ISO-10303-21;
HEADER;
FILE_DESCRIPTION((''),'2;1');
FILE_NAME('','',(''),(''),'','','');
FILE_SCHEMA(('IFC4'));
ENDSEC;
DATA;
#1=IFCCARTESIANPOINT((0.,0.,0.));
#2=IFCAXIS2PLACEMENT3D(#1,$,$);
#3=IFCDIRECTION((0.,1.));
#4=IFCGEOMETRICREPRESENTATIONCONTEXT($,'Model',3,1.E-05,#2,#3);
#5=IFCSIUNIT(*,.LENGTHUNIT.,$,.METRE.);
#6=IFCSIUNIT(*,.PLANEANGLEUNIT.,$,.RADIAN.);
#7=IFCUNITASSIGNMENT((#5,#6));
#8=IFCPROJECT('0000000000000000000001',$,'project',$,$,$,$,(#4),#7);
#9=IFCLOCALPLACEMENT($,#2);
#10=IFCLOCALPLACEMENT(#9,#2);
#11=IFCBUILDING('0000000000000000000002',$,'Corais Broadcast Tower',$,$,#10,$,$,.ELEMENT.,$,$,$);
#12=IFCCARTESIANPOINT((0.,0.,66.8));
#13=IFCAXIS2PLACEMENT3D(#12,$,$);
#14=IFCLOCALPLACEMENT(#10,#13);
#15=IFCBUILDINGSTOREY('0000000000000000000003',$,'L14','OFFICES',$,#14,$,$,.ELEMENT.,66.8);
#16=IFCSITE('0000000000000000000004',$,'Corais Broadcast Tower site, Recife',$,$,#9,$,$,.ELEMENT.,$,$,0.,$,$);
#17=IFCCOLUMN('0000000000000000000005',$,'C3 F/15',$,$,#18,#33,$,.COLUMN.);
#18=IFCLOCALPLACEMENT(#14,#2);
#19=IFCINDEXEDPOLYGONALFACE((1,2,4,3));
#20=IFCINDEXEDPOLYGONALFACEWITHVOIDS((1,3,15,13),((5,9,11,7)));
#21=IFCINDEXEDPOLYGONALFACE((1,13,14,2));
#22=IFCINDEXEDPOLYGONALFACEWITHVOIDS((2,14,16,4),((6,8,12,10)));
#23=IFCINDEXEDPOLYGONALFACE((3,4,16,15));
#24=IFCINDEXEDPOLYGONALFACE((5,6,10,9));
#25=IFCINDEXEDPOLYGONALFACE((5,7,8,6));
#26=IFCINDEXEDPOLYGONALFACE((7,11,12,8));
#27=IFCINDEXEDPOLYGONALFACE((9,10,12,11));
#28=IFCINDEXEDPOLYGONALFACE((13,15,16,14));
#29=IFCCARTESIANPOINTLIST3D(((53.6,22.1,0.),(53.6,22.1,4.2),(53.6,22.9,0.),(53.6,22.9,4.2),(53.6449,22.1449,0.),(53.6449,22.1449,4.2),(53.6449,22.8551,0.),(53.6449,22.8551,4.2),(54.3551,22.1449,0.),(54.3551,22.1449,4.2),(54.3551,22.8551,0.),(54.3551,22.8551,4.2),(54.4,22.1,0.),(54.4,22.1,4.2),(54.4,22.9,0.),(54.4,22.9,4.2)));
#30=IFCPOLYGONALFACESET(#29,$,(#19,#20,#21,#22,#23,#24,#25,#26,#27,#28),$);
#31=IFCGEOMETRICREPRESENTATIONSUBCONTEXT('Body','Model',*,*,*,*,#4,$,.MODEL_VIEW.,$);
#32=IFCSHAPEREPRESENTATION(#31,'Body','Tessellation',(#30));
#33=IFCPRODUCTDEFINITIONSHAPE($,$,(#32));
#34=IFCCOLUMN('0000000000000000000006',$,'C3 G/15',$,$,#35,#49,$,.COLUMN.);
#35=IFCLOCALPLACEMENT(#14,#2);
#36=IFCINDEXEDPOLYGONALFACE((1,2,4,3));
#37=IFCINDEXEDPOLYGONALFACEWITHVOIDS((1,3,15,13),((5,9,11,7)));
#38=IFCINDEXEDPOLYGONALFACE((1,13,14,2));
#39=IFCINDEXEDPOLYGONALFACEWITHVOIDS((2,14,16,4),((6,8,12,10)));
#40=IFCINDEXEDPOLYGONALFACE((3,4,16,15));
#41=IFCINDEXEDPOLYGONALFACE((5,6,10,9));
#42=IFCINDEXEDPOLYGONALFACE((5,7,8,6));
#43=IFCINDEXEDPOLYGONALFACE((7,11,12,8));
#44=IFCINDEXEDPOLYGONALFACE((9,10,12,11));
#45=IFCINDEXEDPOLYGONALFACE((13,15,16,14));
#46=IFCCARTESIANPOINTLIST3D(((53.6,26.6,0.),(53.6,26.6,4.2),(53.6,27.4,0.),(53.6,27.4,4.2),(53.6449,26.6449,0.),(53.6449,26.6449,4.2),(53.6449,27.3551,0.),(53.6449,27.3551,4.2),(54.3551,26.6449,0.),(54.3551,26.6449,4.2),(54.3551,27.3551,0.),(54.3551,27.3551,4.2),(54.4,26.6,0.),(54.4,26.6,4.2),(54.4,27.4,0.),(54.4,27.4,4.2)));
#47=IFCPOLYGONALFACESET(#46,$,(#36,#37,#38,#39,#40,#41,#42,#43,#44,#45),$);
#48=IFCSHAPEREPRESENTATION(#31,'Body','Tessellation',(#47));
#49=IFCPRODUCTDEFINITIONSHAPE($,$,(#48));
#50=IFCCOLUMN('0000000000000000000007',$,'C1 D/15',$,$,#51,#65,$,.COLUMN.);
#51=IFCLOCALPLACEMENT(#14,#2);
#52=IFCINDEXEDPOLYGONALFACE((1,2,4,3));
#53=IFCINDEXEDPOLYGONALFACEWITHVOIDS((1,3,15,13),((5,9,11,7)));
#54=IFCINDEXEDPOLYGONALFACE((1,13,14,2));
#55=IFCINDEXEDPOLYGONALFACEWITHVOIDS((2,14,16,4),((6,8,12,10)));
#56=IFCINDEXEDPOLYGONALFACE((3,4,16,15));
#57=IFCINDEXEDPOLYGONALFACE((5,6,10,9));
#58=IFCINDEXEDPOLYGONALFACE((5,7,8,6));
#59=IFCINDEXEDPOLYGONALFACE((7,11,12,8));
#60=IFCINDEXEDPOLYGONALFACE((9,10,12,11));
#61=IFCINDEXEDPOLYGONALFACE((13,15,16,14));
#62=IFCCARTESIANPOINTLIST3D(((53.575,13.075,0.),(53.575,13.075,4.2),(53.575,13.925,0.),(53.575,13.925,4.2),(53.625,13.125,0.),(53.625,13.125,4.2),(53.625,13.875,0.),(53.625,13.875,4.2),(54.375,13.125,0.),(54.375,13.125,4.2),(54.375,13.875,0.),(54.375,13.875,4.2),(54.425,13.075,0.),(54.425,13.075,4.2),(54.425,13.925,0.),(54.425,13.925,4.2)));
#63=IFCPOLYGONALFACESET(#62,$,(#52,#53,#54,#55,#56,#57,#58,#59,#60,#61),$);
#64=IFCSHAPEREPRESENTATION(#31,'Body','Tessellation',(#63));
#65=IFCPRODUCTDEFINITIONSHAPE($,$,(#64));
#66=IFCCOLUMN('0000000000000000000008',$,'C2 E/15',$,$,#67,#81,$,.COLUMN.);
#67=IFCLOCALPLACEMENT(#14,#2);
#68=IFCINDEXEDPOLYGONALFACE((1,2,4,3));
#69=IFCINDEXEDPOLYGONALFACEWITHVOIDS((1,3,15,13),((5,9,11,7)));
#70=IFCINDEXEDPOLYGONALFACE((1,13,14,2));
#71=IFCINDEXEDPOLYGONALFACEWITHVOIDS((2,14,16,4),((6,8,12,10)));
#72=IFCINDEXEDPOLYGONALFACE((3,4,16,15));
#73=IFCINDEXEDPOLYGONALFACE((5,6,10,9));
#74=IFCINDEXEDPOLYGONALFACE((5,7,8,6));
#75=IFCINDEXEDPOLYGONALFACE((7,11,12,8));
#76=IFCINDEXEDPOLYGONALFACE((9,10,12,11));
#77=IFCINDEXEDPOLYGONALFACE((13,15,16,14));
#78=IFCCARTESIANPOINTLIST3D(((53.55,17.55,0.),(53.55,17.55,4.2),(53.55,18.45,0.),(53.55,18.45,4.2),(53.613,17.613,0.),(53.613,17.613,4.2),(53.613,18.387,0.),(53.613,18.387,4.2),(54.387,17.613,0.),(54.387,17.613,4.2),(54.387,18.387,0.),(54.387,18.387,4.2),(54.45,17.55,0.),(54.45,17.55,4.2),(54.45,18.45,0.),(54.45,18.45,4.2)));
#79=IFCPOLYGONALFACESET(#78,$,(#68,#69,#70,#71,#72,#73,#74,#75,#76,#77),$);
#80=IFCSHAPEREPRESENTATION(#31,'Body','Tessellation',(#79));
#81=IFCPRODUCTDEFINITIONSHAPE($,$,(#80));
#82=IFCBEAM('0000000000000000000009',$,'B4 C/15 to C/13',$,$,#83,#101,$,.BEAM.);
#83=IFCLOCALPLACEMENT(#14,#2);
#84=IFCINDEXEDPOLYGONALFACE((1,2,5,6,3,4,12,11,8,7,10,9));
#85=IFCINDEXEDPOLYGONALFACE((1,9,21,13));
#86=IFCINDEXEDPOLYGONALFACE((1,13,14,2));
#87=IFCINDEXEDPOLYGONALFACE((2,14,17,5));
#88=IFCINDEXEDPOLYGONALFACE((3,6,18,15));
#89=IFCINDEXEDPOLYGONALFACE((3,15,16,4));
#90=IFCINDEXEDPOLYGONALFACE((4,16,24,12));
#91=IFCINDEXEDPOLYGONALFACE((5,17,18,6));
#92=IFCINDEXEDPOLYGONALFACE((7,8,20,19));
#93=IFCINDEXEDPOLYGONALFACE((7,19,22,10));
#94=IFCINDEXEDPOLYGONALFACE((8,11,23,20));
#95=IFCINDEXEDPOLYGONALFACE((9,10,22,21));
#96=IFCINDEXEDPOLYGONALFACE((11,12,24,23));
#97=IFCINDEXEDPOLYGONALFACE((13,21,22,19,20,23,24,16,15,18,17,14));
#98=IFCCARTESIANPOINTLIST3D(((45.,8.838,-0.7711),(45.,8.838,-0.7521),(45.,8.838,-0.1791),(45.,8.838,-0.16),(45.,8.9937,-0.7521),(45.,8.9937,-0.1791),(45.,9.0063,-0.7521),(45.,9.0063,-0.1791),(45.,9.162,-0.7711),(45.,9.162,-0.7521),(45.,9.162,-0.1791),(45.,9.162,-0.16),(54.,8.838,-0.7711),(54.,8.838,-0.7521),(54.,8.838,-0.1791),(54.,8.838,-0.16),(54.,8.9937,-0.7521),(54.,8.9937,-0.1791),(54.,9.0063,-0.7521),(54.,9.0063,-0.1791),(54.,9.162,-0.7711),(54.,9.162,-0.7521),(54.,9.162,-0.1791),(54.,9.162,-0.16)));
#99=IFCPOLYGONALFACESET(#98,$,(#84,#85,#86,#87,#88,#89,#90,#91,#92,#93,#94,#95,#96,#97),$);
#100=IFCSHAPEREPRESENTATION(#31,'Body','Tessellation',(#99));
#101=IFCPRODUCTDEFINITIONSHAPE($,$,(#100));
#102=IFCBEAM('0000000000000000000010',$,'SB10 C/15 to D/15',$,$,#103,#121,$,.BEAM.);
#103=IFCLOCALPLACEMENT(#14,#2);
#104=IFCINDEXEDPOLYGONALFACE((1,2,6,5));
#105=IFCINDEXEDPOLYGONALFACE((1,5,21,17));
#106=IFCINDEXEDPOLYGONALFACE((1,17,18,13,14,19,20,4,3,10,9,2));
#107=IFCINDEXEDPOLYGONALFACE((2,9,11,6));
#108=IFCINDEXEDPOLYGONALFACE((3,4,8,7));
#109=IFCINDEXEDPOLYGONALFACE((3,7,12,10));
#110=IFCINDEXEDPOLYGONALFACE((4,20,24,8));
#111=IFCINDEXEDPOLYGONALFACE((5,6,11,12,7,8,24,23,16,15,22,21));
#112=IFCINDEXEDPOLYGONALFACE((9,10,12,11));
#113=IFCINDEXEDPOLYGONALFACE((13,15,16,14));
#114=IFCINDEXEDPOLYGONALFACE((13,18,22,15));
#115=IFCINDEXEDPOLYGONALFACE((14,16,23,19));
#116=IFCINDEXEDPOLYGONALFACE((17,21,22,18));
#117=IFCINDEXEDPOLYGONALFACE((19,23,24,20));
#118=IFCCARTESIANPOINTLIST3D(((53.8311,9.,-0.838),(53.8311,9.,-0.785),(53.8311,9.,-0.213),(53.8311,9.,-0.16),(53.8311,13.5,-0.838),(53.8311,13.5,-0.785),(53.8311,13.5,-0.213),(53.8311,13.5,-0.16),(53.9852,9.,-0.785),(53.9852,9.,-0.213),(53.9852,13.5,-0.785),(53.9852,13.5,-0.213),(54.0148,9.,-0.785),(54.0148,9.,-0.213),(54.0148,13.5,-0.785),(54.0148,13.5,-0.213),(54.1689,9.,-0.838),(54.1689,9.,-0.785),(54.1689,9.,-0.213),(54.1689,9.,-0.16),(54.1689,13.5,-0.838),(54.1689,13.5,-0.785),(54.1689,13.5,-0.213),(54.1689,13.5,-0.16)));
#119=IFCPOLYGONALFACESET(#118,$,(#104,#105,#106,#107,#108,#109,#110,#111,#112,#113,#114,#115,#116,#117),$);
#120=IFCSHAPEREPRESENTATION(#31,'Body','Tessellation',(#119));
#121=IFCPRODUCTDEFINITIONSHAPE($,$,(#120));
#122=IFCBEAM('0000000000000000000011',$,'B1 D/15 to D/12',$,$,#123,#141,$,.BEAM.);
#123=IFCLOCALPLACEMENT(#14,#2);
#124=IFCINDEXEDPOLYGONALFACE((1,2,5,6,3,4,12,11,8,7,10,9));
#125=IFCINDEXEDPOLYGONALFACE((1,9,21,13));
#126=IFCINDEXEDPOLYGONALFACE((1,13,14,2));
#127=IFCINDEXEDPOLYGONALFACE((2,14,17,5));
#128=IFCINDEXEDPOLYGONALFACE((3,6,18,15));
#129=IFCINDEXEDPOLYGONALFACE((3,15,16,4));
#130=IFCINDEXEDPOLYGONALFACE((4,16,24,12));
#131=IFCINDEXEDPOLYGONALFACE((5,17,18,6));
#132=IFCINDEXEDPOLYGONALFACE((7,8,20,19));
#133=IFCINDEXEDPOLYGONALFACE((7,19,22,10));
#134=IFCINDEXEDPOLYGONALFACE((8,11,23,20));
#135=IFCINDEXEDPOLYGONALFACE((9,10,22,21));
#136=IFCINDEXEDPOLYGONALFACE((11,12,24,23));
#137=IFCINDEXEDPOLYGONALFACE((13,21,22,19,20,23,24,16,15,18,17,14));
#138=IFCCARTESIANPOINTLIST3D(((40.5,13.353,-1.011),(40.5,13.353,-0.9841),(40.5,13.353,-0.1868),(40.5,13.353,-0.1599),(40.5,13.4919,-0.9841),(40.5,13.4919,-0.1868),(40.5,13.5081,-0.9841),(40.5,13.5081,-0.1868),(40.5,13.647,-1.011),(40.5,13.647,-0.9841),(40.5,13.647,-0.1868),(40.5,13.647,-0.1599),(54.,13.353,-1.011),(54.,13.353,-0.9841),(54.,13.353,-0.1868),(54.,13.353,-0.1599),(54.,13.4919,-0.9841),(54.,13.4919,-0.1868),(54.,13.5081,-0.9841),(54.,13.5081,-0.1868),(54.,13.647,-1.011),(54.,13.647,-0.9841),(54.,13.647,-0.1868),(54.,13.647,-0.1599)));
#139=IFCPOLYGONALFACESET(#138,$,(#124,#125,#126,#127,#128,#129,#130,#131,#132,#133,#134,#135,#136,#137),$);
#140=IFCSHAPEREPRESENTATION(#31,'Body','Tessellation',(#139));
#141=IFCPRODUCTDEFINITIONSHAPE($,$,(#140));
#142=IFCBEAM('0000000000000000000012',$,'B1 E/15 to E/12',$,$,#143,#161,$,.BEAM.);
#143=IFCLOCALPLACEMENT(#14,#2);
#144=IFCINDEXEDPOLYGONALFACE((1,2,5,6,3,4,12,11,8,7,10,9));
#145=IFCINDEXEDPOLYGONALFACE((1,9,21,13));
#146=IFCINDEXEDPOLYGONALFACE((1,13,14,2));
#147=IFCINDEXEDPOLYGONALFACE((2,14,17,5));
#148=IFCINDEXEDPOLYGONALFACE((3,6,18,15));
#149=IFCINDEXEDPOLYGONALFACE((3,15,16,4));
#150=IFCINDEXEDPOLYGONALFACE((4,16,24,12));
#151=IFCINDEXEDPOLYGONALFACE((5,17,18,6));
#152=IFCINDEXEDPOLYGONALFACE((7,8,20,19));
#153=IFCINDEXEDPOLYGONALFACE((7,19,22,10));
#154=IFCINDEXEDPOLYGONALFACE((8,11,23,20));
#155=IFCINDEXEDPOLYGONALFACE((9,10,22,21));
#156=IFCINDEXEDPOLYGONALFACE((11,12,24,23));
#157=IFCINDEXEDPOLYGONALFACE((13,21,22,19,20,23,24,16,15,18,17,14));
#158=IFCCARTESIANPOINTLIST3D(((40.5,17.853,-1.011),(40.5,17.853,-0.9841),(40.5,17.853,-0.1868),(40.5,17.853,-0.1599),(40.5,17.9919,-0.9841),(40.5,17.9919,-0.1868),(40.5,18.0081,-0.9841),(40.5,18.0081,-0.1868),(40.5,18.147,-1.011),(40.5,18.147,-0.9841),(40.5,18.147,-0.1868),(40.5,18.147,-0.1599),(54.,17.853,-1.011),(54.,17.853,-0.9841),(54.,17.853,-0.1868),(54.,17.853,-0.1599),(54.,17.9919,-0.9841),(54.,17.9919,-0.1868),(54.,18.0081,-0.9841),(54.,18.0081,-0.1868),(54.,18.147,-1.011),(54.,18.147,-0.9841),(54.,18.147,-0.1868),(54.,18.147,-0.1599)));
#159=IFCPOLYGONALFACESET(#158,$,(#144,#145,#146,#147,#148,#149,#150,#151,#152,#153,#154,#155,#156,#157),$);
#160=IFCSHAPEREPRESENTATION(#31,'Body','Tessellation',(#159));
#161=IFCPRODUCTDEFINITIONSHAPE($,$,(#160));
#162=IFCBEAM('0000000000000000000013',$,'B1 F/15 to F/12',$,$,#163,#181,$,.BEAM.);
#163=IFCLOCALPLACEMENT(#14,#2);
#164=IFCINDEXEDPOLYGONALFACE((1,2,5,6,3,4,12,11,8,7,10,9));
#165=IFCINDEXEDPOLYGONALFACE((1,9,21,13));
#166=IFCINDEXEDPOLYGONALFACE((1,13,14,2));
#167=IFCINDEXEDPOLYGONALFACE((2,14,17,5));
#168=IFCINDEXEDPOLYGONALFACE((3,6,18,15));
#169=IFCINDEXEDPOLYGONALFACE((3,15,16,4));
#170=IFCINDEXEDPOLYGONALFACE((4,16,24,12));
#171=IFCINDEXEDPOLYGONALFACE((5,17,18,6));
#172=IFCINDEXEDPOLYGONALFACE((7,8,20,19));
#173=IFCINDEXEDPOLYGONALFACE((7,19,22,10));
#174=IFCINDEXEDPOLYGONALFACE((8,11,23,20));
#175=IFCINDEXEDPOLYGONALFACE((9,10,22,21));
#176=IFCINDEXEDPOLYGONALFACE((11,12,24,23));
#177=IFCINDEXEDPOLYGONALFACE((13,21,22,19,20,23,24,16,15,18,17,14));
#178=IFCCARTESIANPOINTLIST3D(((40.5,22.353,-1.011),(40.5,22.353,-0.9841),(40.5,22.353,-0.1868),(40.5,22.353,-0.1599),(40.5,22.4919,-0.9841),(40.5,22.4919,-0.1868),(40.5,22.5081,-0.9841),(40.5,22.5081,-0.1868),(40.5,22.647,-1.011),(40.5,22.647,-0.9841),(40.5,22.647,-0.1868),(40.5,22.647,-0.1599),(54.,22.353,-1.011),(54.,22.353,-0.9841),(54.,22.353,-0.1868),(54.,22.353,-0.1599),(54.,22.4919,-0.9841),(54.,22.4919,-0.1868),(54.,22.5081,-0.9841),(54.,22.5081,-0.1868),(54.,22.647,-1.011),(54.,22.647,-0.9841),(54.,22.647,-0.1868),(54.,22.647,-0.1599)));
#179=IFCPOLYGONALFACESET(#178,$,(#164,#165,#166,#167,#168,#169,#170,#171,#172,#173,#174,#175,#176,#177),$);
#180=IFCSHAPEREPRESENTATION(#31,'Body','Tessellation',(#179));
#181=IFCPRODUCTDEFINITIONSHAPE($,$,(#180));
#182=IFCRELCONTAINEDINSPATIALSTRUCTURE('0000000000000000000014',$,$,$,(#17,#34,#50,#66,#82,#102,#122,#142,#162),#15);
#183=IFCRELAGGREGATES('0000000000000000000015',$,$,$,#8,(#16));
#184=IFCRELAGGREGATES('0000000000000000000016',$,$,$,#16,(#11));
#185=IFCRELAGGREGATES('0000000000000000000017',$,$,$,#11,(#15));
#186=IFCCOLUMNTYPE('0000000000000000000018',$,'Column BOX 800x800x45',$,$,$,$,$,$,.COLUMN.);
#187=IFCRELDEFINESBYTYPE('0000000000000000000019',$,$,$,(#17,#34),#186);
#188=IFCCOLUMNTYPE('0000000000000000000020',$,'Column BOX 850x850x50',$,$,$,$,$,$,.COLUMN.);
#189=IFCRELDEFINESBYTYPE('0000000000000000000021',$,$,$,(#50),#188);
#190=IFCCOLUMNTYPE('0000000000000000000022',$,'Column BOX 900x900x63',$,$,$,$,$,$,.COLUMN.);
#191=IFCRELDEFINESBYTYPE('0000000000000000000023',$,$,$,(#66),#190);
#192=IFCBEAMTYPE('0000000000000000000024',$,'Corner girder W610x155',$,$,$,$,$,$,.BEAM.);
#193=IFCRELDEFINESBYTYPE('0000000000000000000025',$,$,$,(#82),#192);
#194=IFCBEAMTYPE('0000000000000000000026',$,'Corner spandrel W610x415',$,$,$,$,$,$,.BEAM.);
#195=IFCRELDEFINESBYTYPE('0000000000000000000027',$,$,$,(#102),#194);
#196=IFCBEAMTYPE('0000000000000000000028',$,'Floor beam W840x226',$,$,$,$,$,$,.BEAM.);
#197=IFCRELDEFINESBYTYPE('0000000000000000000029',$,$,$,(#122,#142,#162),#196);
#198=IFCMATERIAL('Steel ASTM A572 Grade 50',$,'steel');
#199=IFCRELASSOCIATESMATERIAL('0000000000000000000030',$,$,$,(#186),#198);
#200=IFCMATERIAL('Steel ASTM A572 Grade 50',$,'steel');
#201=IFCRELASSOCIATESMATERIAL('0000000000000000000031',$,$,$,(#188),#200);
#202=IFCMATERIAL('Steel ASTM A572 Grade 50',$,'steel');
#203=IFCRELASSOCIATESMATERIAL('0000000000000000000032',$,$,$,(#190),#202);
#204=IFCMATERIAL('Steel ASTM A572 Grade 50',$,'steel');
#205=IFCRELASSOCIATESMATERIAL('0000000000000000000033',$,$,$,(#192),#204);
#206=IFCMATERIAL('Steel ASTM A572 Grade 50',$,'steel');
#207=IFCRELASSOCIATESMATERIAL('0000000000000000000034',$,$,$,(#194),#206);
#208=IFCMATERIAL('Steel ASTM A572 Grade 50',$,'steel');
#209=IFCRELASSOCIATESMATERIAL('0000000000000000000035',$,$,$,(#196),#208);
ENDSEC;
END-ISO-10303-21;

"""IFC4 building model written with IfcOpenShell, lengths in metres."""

from ifc_helpers import new_model, si_unit, direction, frame, origin, origin_2d, place, context, subcontext, project, spatial, hollow_rectangle, i_section, extrude, material, material_profile, profile_set, type_object, element, save


model = new_model("IFC4")

# Units and contexts
model_context = context("Model", 3, precision=1e-05, world=origin(), true_north=direction((0.0, 1.0)))
body_context = subcontext(model_context, "Body", "Model", "MODEL_VIEW")
ifc_project = project(units=[si_unit("LENGTHUNIT", "METRE"), si_unit("PLANEANGLEUNIT", "RADIAN")], contexts=[model_context])

# Site, building, storey
site_placement = place(None, origin())
site = spatial("IfcSite", under=ifc_project, at=site_placement, Name="Corais Broadcast Tower site, Recife", CompositionType="ELEMENT", RefElevation=0.0)
building_placement = place(site_placement, origin())
building = spatial("IfcBuilding", under=site, at=building_placement, Name="Corais Broadcast Tower", CompositionType="ELEMENT")
storey_placement = place(building_placement, frame((0.0, 0.0, 66.8)))
storey = spatial("IfcBuildingStorey", under=building, at=storey_placement, Name="L14", Description="OFFICES", CompositionType="ELEMENT", Elevation=66.8)

# Columns
ifc_material_1 = material(Name="Steel ASTM A572 Grade 50", Category="steel")
ifc_material_profile_1 = material_profile(ifc_material_1, hollow_rectangle(XDim=0.8, YDim=0.8, WallThickness=0.0449, at=origin_2d()), Name="BOX 800x800x45")
ifc_profile_set_1 = profile_set([ifc_material_profile_1], Name="Steel ASTM A572 Grade 50")
column_type_1 = type_object("IfcColumnType", Name="Column BOX 800x800x45", PredefinedType="COLUMN", material=ifc_profile_set_1)
for number, where, z_axis, x_axis, name in (
    (1, (54.0, 22.5, 0.0), (0.0, 0.0, 1.0), (1.0, 0.0, 0.0), "C3 F/15"),
    (2, (54.0, 27.0, 0.0), (0.0, 0.0, 1.0), (1.0, 0.0, 0.0), "C3 G/15"),
):
    element("IfcColumn", number, at=place(storey_placement, frame(where, z_axis=z_axis, x_axis=x_axis)), inside=storey, type_object=column_type_1, Name=name, PredefinedType="COLUMN", context=body_context, shape_type="SweptSolid", body=[
        extrude(hollow_rectangle(XDim=0.8, YDim=0.8, WallThickness=0.0449, at=origin_2d()), origin(), (0.0, 0.0, 1.0), 4.2),
    ])
ifc_material_2 = material(Name="Steel ASTM A572 Grade 50", Category="steel")
ifc_material_profile_2 = material_profile(ifc_material_2, hollow_rectangle(XDim=0.8501, YDim=0.8501, WallThickness=0.05, at=origin_2d()), Name="BOX 850x850x50")
ifc_profile_set_2 = profile_set([ifc_material_profile_2], Name="Steel ASTM A572 Grade 50")
column_type_2 = type_object("IfcColumnType", Name="Column BOX 850x850x50", PredefinedType="COLUMN", material=ifc_profile_set_2)
column_1_placement = place(storey_placement, frame((54.0, 13.5, 0.0), z_axis=(0.0, 0.0, 1.0), x_axis=(1.0, 0.0, 0.0)))
element("IfcColumn", 3, at=column_1_placement, inside=storey, type_object=column_type_2, Name="C1 D/15", PredefinedType="COLUMN", context=body_context, shape_type="SweptSolid", body=[
    extrude(hollow_rectangle(XDim=0.8501, YDim=0.8501, WallThickness=0.05, at=origin_2d()), origin(), (0.0, 0.0, 1.0), 4.2),
])
ifc_material_3 = material(Name="Steel ASTM A572 Grade 50", Category="steel")
ifc_material_profile_3 = material_profile(ifc_material_3, hollow_rectangle(XDim=0.8999, YDim=0.8999, WallThickness=0.063, at=origin_2d()), Name="BOX 900x900x63")
ifc_profile_set_3 = profile_set([ifc_material_profile_3], Name="Steel ASTM A572 Grade 50")
column_type_3 = type_object("IfcColumnType", Name="Column BOX 900x900x63", PredefinedType="COLUMN", material=ifc_profile_set_3)
column_2_placement = place(storey_placement, frame((54.0, 18.0, 0.0), z_axis=(0.0, 0.0, 1.0), x_axis=(1.0, 0.0, 0.0)))
element("IfcColumn", 4, at=column_2_placement, inside=storey, type_object=column_type_3, Name="C2 E/15", PredefinedType="COLUMN", context=body_context, shape_type="SweptSolid", body=[
    extrude(hollow_rectangle(XDim=0.8999, YDim=0.8999, WallThickness=0.063, at=origin_2d()), origin(), (0.0, 0.0, 1.0), 4.2),
])

# Beams
ifc_material_4 = material(Name="Steel ASTM A572 Grade 50", Category="steel")
ifc_material_profile_4 = material_profile(ifc_material_4, i_section(OverallWidth=0.324, OverallDepth=0.6111, WebThickness=0.0127, FlangeThickness=0.019, at=origin_2d()), Name="W610x155")
ifc_profile_set_4 = profile_set([ifc_material_profile_4], Name="Steel ASTM A572 Grade 50")
beam_type_1 = type_object("IfcBeamType", Name="Corner girder W610x155", PredefinedType="BEAM", material=ifc_profile_set_4)
beam_1_placement = place(storey_placement, frame((54.0, 9.0, -0.4656), z_axis=(-1.0, 0.0, 0.0), x_axis=(0.0, -1.0, 0.0)))
element("IfcBeam", 5, at=beam_1_placement, inside=storey, type_object=beam_type_1, Name="B4 C/15 to C/13", PredefinedType="BEAM", context=body_context, shape_type="SweptSolid", body=[
    extrude(i_section(OverallWidth=0.324, OverallDepth=0.6111, WebThickness=0.0127, FlangeThickness=0.019, at=origin_2d()), origin(), (0.0, 0.0, 1.0), 9.0),
])
ifc_material_5 = material(Name="Steel ASTM A572 Grade 50", Category="steel")
ifc_material_profile_5 = material_profile(ifc_material_5, i_section(OverallWidth=0.3379, OverallDepth=0.678, WebThickness=0.0295, FlangeThickness=0.053, at=origin_2d()), Name="W610x415")
ifc_profile_set_5 = profile_set([ifc_material_profile_5], Name="Steel ASTM A572 Grade 50")
beam_type_2 = type_object("IfcBeamType", Name="Corner spandrel W610x415", PredefinedType="BEAM", material=ifc_profile_set_5)
beam_2_placement = place(storey_placement, frame((54.0, 9.0, -0.499), z_axis=(0.0, 1.0, 0.0), x_axis=(-1.0, 0.0, 0.0)))
element("IfcBeam", 6, at=beam_2_placement, inside=storey, type_object=beam_type_2, Name="SB10 C/15 to D/15", PredefinedType="BEAM", context=body_context, shape_type="SweptSolid", body=[
    extrude(i_section(OverallWidth=0.3379, OverallDepth=0.678, WebThickness=0.0295, FlangeThickness=0.053, at=origin_2d()), origin(), (0.0, 0.0, 1.0), 4.5),
])
ifc_material_6 = material(Name="Steel ASTM A572 Grade 50", Category="steel")
ifc_material_profile_6 = material_profile(ifc_material_6, i_section(OverallWidth=0.2939, OverallDepth=0.8511, WebThickness=0.0161, FlangeThickness=0.0269, at=origin_2d()), Name="W840x226")
ifc_profile_set_6 = profile_set([ifc_material_profile_6], Name="Steel ASTM A572 Grade 50")
beam_type_3 = type_object("IfcBeamType", Name="Floor beam W840x226", PredefinedType="BEAM", material=ifc_profile_set_6)
for number, where, z_axis, x_axis, name in (
    (7, (54.0, 13.5, -0.5854), (-1.0, 0.0, 0.0), (0.0, -1.0, 0.0), "B1 D/15 to D/12"),
    (8, (54.0, 18.0, -0.5854), (-1.0, 0.0, 0.0), (0.0, -1.0, 0.0), "B1 E/15 to E/12"),
    (9, (54.0, 22.5, -0.5854), (-1.0, 0.0, 0.0), (0.0, -1.0, 0.0), "B1 F/15 to F/12"),
):
    element("IfcBeam", number, at=place(storey_placement, frame(where, z_axis=z_axis, x_axis=x_axis)), inside=storey, type_object=beam_type_3, Name=name, PredefinedType="BEAM", context=body_context, shape_type="SweptSolid", body=[
        extrude(i_section(OverallWidth=0.2939, OverallDepth=0.8511, WebThickness=0.0161, FlangeThickness=0.0269, at=origin_2d()), origin(), (0.0, 0.0, 1.0), 13.5),
    ])

save(model, "model.ifc")
